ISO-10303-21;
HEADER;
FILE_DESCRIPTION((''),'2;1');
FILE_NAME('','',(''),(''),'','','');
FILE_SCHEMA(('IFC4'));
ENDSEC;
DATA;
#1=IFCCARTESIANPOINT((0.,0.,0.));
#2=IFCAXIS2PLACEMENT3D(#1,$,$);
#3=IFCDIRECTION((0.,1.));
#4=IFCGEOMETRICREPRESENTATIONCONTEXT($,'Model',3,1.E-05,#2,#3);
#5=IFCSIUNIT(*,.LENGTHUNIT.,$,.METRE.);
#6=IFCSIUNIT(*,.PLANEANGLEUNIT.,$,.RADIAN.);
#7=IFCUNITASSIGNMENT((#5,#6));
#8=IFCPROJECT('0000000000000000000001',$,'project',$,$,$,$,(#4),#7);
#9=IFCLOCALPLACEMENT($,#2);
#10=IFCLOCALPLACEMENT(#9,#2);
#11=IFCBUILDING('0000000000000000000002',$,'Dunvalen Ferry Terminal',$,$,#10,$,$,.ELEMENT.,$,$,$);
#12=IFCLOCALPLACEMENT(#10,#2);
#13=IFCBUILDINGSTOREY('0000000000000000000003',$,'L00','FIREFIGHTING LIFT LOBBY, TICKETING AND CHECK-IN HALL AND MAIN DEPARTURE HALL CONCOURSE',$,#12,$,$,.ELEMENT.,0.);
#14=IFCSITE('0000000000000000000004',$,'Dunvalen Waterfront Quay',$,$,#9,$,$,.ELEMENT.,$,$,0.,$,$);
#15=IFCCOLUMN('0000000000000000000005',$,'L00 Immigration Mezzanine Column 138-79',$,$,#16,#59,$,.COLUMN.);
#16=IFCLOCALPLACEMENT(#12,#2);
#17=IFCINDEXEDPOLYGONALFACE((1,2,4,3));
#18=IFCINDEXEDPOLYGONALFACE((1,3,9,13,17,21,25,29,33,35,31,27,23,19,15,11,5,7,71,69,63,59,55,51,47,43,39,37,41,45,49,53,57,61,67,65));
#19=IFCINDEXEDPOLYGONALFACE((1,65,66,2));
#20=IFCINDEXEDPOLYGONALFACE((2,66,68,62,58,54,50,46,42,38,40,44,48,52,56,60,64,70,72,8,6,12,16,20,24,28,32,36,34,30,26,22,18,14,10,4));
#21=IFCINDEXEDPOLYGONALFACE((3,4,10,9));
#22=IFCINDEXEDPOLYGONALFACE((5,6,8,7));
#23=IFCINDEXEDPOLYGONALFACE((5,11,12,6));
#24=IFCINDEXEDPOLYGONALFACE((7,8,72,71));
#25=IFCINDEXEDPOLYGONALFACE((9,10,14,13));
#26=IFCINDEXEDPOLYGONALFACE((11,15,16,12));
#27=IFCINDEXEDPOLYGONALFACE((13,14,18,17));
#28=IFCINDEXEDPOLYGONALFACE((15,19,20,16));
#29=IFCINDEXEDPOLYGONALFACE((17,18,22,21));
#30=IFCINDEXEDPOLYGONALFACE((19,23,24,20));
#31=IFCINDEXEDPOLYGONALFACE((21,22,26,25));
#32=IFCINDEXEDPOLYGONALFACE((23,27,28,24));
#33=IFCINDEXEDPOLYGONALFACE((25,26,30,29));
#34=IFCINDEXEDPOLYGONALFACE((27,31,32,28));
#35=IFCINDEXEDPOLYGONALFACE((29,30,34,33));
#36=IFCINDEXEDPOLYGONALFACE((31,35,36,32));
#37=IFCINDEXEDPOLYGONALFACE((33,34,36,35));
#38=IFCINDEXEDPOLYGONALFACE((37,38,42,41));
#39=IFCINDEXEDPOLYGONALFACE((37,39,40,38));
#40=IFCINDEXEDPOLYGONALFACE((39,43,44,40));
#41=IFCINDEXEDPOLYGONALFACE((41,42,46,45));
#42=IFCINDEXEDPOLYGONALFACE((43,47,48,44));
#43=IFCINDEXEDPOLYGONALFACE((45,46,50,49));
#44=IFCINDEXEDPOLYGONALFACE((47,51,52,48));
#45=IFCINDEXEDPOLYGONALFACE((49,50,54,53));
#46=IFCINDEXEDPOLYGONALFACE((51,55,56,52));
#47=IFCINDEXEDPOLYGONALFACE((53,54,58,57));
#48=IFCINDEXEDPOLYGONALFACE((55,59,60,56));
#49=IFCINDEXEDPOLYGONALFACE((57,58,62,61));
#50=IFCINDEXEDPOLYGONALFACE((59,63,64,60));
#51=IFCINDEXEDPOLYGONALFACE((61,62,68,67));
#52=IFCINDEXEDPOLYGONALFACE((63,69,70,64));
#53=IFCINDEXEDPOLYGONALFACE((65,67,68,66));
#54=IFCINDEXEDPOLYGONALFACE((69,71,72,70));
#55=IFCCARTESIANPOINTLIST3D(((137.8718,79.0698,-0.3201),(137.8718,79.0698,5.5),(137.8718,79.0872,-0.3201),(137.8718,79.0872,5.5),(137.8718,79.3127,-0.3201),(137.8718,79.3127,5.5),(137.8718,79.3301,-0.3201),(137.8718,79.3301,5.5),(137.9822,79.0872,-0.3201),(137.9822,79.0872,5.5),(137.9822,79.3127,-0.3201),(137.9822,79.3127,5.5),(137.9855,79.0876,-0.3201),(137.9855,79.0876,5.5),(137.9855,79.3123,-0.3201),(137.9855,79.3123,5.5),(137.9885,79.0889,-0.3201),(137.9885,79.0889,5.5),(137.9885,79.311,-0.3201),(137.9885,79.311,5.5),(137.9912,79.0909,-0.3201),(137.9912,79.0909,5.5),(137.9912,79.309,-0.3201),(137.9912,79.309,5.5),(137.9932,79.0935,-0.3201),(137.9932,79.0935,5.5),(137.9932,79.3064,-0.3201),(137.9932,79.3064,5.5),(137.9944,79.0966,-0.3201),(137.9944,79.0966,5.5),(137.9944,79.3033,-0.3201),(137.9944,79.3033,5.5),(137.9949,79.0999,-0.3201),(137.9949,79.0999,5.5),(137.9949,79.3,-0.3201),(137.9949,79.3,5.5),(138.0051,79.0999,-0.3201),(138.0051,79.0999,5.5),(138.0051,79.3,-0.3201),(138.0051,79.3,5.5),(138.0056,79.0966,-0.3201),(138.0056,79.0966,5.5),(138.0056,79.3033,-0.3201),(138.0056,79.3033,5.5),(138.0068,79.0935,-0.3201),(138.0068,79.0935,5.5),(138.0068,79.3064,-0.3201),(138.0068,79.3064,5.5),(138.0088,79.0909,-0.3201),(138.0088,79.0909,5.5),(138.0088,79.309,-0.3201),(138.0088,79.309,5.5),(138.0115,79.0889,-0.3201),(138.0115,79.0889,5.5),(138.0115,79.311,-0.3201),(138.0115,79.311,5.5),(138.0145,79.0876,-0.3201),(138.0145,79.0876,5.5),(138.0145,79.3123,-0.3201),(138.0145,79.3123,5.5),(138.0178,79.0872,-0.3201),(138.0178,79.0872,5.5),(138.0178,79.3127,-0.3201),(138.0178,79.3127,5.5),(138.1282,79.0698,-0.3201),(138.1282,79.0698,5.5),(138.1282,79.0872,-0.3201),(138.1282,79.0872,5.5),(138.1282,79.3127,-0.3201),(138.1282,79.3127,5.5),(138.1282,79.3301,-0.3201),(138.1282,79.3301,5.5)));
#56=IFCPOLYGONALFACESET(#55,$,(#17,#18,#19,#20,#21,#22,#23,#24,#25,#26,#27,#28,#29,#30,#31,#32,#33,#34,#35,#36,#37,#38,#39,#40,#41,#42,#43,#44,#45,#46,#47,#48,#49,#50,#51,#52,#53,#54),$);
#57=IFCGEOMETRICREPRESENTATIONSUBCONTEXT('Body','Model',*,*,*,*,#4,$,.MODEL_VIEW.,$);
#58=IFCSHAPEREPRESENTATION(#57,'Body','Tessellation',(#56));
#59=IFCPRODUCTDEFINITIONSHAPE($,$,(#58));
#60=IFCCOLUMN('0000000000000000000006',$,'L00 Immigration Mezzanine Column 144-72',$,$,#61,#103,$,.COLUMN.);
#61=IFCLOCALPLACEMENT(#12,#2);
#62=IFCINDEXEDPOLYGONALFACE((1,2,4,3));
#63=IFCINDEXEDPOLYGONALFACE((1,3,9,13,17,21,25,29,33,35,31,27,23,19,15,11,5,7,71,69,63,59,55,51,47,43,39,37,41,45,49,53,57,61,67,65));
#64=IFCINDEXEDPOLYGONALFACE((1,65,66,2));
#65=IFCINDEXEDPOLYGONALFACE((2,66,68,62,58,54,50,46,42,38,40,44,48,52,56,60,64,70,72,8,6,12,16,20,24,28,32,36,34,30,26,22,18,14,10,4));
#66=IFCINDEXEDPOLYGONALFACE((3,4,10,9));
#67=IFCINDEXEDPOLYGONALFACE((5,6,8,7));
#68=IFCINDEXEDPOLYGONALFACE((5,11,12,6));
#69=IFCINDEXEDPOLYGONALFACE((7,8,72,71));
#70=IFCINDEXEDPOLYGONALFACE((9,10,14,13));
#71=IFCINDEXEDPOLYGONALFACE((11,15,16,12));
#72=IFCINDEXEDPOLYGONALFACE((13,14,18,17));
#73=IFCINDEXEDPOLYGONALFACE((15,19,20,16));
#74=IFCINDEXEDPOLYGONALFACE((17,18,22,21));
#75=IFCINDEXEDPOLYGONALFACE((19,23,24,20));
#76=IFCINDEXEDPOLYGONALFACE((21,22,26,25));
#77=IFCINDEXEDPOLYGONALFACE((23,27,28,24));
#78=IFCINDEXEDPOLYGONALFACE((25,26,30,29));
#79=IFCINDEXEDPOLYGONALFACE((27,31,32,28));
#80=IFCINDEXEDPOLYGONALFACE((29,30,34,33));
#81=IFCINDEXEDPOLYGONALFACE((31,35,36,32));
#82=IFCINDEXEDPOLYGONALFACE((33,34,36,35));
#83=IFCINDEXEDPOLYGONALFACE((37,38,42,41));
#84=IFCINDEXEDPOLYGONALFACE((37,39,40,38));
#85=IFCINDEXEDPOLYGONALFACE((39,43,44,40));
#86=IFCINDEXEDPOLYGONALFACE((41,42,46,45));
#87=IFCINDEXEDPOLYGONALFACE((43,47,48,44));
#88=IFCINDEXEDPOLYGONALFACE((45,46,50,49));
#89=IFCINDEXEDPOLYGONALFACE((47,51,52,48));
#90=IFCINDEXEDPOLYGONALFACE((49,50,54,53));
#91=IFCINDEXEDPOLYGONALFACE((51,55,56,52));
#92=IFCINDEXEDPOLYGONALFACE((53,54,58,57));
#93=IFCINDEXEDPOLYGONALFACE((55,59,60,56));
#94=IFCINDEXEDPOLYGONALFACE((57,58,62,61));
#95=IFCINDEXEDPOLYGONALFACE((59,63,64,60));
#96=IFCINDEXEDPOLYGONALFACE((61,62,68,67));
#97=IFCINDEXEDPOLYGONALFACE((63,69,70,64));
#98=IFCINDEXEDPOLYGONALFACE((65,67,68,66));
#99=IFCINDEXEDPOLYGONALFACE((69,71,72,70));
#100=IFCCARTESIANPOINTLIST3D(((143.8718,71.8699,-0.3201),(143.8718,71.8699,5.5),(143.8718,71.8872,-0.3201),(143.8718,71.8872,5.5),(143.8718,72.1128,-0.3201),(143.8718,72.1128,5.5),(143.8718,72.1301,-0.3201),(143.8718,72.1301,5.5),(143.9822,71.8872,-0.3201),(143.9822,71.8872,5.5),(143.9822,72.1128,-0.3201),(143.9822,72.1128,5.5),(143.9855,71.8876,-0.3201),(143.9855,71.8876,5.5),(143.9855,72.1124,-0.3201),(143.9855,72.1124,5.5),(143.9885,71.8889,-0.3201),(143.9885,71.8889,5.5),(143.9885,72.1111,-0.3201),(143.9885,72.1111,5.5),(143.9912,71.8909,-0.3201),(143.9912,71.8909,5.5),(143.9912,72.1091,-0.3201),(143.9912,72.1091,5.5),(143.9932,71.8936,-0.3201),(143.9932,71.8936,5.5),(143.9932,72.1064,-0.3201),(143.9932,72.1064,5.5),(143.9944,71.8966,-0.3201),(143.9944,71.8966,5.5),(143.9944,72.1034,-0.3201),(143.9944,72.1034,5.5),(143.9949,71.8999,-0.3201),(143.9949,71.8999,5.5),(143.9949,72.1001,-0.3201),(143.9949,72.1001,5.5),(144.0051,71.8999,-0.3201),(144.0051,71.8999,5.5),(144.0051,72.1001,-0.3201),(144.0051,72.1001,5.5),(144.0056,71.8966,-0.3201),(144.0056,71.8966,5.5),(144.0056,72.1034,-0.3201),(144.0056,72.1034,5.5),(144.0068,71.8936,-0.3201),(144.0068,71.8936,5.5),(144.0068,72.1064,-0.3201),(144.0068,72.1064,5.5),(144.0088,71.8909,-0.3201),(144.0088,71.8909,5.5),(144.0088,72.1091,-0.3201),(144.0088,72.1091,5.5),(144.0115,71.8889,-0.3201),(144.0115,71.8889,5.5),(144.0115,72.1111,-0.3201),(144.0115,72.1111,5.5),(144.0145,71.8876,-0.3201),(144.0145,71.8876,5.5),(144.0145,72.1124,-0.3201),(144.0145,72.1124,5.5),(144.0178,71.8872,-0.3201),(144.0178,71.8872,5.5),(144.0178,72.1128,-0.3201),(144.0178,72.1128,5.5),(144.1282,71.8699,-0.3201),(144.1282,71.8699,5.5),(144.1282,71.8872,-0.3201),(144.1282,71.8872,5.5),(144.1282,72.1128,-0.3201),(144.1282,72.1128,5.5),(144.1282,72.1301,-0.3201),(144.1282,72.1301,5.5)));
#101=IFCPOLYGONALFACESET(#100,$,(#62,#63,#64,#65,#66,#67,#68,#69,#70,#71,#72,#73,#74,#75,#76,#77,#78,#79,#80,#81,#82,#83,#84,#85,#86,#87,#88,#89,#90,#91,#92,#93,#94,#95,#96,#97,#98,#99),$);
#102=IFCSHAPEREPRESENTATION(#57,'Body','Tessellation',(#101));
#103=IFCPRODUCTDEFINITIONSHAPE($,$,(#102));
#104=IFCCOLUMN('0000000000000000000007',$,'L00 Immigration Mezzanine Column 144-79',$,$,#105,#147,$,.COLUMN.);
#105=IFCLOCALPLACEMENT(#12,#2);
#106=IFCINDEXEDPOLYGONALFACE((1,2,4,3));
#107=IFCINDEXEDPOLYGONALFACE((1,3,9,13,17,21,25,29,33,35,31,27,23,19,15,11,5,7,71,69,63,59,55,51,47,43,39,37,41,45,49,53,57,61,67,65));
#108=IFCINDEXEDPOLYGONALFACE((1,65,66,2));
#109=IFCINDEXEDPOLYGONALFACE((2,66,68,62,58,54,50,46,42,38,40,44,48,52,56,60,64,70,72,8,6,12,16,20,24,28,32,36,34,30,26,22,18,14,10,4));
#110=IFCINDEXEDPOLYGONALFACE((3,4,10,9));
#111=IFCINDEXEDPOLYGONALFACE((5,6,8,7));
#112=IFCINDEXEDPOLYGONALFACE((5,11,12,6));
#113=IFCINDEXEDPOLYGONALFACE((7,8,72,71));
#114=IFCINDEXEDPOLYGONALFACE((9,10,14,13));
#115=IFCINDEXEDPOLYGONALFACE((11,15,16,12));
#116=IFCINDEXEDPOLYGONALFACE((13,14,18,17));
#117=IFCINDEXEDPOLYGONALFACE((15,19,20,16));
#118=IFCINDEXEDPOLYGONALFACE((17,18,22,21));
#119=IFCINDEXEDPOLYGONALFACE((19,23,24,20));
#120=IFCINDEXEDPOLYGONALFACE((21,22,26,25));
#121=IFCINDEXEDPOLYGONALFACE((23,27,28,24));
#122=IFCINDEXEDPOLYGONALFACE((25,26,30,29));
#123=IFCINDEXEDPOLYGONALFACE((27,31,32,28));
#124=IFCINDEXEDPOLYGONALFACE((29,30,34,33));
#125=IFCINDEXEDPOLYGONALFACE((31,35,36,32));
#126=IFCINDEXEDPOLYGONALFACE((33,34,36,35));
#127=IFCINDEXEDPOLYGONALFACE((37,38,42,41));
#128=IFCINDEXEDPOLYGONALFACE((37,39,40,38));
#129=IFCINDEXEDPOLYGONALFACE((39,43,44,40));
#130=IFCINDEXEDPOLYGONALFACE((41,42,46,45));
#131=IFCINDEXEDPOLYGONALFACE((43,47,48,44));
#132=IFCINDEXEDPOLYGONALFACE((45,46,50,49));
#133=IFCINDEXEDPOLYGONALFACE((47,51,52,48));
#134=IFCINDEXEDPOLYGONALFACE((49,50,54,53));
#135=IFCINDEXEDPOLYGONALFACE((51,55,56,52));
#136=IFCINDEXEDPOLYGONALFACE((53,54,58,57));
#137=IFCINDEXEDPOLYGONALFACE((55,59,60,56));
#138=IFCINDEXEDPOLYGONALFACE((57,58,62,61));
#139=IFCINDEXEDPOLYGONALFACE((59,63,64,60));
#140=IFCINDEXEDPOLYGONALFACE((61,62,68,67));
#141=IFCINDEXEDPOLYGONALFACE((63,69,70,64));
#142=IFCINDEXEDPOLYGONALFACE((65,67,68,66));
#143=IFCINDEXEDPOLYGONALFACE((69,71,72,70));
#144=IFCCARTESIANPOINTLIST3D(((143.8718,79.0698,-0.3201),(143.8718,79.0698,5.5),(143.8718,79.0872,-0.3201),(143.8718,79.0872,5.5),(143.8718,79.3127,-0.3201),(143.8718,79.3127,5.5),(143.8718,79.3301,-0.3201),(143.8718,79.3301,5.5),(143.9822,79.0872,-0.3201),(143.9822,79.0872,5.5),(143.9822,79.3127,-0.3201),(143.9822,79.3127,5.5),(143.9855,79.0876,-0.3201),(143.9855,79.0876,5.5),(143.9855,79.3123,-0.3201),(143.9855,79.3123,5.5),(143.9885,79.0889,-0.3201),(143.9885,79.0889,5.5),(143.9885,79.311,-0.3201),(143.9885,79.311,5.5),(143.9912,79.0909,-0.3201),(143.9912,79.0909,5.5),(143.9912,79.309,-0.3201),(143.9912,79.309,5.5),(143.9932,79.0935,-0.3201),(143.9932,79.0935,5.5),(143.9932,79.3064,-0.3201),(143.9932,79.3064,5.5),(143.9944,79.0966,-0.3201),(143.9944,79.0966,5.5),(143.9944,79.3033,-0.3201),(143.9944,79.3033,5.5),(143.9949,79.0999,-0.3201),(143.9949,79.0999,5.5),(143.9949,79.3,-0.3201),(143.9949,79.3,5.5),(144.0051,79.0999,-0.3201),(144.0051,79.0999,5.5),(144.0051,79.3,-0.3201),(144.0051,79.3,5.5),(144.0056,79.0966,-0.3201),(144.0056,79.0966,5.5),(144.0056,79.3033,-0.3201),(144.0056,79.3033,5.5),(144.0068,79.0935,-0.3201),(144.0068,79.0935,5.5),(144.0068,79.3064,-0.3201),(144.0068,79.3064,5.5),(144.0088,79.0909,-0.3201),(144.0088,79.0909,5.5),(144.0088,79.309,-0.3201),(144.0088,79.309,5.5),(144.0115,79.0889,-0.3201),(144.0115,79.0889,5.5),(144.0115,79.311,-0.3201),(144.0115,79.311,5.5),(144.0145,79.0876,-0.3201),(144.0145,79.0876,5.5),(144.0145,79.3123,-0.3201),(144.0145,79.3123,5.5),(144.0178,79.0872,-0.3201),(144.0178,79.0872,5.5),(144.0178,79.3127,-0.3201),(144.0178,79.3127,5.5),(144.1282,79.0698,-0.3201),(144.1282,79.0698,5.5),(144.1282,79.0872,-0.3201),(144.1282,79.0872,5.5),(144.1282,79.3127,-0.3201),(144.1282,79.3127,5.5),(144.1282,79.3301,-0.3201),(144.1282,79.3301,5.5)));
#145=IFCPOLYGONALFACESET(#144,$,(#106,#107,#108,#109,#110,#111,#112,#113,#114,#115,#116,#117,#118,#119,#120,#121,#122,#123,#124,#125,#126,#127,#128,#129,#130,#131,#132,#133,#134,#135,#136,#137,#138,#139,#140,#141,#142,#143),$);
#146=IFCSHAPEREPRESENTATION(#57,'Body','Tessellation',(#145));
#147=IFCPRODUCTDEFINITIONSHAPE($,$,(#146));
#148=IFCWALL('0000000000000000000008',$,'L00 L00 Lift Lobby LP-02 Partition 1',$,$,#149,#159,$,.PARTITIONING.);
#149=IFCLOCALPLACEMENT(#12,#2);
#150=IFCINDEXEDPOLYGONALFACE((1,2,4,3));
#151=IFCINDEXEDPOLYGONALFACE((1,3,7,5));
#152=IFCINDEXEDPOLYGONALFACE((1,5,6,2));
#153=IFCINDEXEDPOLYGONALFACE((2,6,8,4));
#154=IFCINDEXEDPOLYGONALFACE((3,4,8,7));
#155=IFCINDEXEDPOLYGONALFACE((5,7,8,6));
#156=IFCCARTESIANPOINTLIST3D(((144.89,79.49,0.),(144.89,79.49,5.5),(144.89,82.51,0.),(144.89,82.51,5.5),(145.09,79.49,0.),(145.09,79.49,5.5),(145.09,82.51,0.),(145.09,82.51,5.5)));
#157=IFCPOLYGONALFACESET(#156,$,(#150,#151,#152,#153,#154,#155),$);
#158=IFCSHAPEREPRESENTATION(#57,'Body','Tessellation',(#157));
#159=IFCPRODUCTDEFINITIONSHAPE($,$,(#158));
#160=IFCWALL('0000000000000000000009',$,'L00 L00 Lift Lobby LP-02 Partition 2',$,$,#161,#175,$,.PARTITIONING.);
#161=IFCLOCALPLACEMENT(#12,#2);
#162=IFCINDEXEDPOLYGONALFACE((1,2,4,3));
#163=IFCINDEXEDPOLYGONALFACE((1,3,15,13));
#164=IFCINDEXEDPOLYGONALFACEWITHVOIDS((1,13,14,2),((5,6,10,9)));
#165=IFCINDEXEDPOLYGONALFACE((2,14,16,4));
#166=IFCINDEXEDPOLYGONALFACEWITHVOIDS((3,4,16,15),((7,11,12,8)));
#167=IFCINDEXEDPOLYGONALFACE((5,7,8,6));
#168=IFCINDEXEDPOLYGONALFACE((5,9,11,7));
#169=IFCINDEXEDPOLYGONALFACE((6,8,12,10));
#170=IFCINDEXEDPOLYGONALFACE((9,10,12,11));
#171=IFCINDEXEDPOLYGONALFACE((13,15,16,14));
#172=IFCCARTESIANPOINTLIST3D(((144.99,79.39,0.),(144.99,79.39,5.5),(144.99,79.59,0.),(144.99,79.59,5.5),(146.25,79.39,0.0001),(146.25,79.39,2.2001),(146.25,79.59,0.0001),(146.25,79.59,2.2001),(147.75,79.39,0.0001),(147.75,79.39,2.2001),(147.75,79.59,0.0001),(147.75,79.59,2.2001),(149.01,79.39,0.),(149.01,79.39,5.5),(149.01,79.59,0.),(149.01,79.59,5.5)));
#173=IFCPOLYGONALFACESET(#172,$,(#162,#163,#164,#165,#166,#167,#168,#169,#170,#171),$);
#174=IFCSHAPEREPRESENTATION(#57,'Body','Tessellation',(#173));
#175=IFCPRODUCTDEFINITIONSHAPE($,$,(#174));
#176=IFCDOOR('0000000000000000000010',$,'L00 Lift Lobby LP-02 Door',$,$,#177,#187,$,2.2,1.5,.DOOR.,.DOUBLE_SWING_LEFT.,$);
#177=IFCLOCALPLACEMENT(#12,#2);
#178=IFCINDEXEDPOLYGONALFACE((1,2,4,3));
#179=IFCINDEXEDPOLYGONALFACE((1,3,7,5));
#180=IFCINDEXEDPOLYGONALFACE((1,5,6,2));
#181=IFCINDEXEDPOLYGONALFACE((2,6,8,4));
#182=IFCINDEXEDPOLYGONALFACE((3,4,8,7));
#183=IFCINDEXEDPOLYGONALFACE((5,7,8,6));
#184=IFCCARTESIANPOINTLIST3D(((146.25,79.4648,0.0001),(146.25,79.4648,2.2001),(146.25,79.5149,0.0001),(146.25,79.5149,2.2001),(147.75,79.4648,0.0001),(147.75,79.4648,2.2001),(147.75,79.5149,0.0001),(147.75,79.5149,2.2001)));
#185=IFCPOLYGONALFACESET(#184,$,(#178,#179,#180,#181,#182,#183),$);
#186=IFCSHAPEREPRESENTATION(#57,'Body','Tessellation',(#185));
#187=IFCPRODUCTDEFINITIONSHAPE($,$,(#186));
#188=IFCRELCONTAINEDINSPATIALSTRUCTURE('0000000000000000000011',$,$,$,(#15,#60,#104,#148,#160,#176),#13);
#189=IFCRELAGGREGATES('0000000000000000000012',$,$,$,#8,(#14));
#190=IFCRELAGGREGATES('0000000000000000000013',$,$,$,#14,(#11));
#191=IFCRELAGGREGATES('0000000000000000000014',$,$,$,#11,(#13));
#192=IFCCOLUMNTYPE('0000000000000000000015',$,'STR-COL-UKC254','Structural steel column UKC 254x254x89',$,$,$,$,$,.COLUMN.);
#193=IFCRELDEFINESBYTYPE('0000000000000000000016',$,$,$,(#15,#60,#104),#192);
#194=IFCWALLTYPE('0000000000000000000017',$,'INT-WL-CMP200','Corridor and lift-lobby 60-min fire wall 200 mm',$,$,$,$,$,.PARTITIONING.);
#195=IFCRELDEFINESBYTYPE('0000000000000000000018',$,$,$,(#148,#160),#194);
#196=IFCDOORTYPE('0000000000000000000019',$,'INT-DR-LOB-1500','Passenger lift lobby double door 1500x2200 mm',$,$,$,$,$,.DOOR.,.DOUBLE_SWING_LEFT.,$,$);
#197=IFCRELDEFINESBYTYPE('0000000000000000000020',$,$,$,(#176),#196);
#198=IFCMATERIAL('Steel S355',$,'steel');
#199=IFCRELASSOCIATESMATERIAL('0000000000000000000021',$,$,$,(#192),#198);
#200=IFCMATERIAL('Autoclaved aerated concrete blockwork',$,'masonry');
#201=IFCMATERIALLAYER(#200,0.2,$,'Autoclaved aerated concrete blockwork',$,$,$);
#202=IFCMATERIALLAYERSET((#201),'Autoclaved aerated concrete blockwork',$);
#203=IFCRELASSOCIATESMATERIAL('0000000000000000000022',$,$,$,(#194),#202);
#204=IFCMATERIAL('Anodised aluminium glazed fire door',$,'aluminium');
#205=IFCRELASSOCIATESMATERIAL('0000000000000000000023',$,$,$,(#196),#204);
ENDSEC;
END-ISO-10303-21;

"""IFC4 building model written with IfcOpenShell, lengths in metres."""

from ifc_helpers import new_model, si_unit, direction, frame, frame_2d, origin, origin_2d, place, context, subcontext, project, spatial, rectangle, i_section, extrude, material, layer, layer_set, material_profile, profile_set, type_object, element, fill, save


model = new_model("IFC4")

# Units and contexts
model_context = context("Model", 3, precision=1e-05, world=origin(), true_north=direction((0.0, 1.0)))
body_context = subcontext(model_context, "Body", "Model", "MODEL_VIEW")
ifc_project = project(units=[si_unit("LENGTHUNIT", "METRE"), si_unit("PLANEANGLEUNIT", "RADIAN")], contexts=[model_context])

# Site, building, storey
site_placement = place(None, origin())
site = spatial("IfcSite", under=ifc_project, at=site_placement, Name="Dunvalen Waterfront Quay", CompositionType="ELEMENT", RefElevation=0.0)
building_placement = place(site_placement, origin())
building = spatial("IfcBuilding", under=site, at=building_placement, Name="Dunvalen Ferry Terminal", CompositionType="ELEMENT")
storey_placement = place(building_placement, origin())
storey = spatial("IfcBuildingStorey", under=building, at=storey_placement, Name="L00", Description="FIREFIGHTING LIFT LOBBY, TICKETING AND CHECK-IN HALL AND MAIN DEPARTURE HALL CONCOURSE", CompositionType="ELEMENT", Elevation=0.0)

# Columns
ifc_material_1 = material(Name="Steel S355", Category="steel")
ifc_material_profile_1 = material_profile(ifc_material_1, i_section(OverallWidth=0.2563, OverallDepth=0.2603, WebThickness=0.0103, FlangeThickness=0.0173, FilletRadius=0.0127, at=origin_2d()), Name="Steel S355")
ifc_profile_set_1 = profile_set([ifc_material_profile_1], Name="Steel S355")
column_type = type_object("IfcColumnType", Name="STR-COL-UKC254", Description="Structural steel column UKC 254x254x89", PredefinedType="COLUMN", material=ifc_profile_set_1)
for number, where, z_axis, x_axis, name in (
    (1, (138.0, 79.2, -0.3201), (0.0, 0.0, 1.0), (1.0, 0.0, 0.0), "L00 Immigration Mezzanine Column 138-79"),
    (2, (144.0, 72.0, -0.3201), (0.0, 0.0, 1.0), (1.0, 0.0, 0.0), "L00 Immigration Mezzanine Column 144-72"),
    (3, (144.0, 79.2, -0.3201), (0.0, 0.0, 1.0), (1.0, 0.0, 0.0), "L00 Immigration Mezzanine Column 144-79"),
):
    element("IfcColumn", number, at=place(storey_placement, frame(where, z_axis=z_axis, x_axis=x_axis)), inside=storey, type_object=column_type, Name=name, PredefinedType="COLUMN", context=body_context, shape_type="SweptSolid", body=[
        extrude(i_section(OverallWidth=0.2563, OverallDepth=0.2603, WebThickness=0.0103, FlangeThickness=0.0173, FilletRadius=0.0127, at=origin_2d()), origin(), (0.0, 0.0, 1.0), 5.8201),
    ])

# Wall
ifc_material_2 = material(Name="Autoclaved aerated concrete blockwork", Category="masonry")
ifc_layer_1 = layer(ifc_material_2, 0.2, Name="Autoclaved aerated concrete blockwork")
ifc_layer_set_1 = layer_set([ifc_layer_1], Name="Autoclaved aerated concrete blockwork")
wall_type_1 = type_object("IfcWallType", Name="INT-WL-CMP200", Description="Corridor and lift-lobby 60-min fire wall 200 mm", PredefinedType="PARTITIONING", material=ifc_layer_set_1)
wall_1_placement = place(storey_placement, frame((144.99, 82.51, 0.0), z_axis=(0.0, 0.0, 1.0), x_axis=(0.0, -1.0, 0.0)))
element("IfcWall", 4, at=wall_1_placement, inside=storey, type_object=wall_type_1, Name="L00 L00 Lift Lobby LP-02 Partition 1", PredefinedType="PARTITIONING", context=body_context, shape_type="SweptSolid", body=[
    extrude(rectangle(XDim=3.02, YDim=0.2, at=frame_2d((1.51, 0.0))), origin(), (0.0, 0.0, 1.0), 5.5),
])

# Wall, opening, door
wall_2_placement = place(storey_placement, frame((144.99, 79.49, 0.0), z_axis=(0.0, 0.0, 1.0), x_axis=(1.0, 0.0, 0.0)))
wall_2 = element("IfcWall", 5, at=wall_2_placement, inside=storey, type_object=wall_type_1, Name="L00 L00 Lift Lobby LP-02 Partition 2", PredefinedType="PARTITIONING", context=body_context, shape_type="SweptSolid", body=[
    extrude(rectangle(XDim=4.02, YDim=0.2, at=frame_2d((2.01, 0.0))), origin(), (0.0, 0.0, 1.0), 5.5),
])
opening_1_placement = place(wall_2_placement, frame((1.26, 0.0, 0.0)))
opening_1 = element("IfcOpeningElement", 6, at=opening_1_placement, cuts=wall_2, PredefinedType="OPENING", context=body_context, shape_type="SweptSolid", body=[
    extrude(rectangle(XDim=1.5, YDim=2.2, at=frame_2d((0.75, 1.1001))), frame((0.0, 0.1099, 0.0), z_axis=(0.0, -1.0, 0.0), x_axis=(1.0, 0.0, 0.0)), (0.0, 0.0, 1.0), 0.22),
])
ifc_material_3 = material(Name="Anodised aluminium glazed fire door", Category="aluminium")
door_type_1 = type_object("IfcDoorType", Name="INT-DR-LOB-1500", Description="Passenger lift lobby double door 1500x2200 mm", OperationType="DOUBLE_SWING_LEFT", PredefinedType="DOOR", material=ifc_material_3)
door_1_placement = place(opening_1_placement, origin())
door_1 = element("IfcDoor", 7, at=door_1_placement, inside=storey, type_object=door_type_1, Name="L00 Lift Lobby LP-02 Door", OperationType="DOUBLE_SWING_LEFT", OverallHeight=2.2, OverallWidth=1.5, PredefinedType="DOOR", context=body_context, shape_type="SweptSolid", body=[
    extrude(rectangle(XDim=1.5, YDim=2.2, at=frame_2d((0.75, 1.1001))), frame((0.0, 0.0249, 0.0), z_axis=(0.0, -1.0, 0.0), x_axis=(1.0, 0.0, 0.0)), (0.0, 0.0, 1.0), 0.05),
])
fill(opening_1, door_1)

save(model, "model.ifc")
